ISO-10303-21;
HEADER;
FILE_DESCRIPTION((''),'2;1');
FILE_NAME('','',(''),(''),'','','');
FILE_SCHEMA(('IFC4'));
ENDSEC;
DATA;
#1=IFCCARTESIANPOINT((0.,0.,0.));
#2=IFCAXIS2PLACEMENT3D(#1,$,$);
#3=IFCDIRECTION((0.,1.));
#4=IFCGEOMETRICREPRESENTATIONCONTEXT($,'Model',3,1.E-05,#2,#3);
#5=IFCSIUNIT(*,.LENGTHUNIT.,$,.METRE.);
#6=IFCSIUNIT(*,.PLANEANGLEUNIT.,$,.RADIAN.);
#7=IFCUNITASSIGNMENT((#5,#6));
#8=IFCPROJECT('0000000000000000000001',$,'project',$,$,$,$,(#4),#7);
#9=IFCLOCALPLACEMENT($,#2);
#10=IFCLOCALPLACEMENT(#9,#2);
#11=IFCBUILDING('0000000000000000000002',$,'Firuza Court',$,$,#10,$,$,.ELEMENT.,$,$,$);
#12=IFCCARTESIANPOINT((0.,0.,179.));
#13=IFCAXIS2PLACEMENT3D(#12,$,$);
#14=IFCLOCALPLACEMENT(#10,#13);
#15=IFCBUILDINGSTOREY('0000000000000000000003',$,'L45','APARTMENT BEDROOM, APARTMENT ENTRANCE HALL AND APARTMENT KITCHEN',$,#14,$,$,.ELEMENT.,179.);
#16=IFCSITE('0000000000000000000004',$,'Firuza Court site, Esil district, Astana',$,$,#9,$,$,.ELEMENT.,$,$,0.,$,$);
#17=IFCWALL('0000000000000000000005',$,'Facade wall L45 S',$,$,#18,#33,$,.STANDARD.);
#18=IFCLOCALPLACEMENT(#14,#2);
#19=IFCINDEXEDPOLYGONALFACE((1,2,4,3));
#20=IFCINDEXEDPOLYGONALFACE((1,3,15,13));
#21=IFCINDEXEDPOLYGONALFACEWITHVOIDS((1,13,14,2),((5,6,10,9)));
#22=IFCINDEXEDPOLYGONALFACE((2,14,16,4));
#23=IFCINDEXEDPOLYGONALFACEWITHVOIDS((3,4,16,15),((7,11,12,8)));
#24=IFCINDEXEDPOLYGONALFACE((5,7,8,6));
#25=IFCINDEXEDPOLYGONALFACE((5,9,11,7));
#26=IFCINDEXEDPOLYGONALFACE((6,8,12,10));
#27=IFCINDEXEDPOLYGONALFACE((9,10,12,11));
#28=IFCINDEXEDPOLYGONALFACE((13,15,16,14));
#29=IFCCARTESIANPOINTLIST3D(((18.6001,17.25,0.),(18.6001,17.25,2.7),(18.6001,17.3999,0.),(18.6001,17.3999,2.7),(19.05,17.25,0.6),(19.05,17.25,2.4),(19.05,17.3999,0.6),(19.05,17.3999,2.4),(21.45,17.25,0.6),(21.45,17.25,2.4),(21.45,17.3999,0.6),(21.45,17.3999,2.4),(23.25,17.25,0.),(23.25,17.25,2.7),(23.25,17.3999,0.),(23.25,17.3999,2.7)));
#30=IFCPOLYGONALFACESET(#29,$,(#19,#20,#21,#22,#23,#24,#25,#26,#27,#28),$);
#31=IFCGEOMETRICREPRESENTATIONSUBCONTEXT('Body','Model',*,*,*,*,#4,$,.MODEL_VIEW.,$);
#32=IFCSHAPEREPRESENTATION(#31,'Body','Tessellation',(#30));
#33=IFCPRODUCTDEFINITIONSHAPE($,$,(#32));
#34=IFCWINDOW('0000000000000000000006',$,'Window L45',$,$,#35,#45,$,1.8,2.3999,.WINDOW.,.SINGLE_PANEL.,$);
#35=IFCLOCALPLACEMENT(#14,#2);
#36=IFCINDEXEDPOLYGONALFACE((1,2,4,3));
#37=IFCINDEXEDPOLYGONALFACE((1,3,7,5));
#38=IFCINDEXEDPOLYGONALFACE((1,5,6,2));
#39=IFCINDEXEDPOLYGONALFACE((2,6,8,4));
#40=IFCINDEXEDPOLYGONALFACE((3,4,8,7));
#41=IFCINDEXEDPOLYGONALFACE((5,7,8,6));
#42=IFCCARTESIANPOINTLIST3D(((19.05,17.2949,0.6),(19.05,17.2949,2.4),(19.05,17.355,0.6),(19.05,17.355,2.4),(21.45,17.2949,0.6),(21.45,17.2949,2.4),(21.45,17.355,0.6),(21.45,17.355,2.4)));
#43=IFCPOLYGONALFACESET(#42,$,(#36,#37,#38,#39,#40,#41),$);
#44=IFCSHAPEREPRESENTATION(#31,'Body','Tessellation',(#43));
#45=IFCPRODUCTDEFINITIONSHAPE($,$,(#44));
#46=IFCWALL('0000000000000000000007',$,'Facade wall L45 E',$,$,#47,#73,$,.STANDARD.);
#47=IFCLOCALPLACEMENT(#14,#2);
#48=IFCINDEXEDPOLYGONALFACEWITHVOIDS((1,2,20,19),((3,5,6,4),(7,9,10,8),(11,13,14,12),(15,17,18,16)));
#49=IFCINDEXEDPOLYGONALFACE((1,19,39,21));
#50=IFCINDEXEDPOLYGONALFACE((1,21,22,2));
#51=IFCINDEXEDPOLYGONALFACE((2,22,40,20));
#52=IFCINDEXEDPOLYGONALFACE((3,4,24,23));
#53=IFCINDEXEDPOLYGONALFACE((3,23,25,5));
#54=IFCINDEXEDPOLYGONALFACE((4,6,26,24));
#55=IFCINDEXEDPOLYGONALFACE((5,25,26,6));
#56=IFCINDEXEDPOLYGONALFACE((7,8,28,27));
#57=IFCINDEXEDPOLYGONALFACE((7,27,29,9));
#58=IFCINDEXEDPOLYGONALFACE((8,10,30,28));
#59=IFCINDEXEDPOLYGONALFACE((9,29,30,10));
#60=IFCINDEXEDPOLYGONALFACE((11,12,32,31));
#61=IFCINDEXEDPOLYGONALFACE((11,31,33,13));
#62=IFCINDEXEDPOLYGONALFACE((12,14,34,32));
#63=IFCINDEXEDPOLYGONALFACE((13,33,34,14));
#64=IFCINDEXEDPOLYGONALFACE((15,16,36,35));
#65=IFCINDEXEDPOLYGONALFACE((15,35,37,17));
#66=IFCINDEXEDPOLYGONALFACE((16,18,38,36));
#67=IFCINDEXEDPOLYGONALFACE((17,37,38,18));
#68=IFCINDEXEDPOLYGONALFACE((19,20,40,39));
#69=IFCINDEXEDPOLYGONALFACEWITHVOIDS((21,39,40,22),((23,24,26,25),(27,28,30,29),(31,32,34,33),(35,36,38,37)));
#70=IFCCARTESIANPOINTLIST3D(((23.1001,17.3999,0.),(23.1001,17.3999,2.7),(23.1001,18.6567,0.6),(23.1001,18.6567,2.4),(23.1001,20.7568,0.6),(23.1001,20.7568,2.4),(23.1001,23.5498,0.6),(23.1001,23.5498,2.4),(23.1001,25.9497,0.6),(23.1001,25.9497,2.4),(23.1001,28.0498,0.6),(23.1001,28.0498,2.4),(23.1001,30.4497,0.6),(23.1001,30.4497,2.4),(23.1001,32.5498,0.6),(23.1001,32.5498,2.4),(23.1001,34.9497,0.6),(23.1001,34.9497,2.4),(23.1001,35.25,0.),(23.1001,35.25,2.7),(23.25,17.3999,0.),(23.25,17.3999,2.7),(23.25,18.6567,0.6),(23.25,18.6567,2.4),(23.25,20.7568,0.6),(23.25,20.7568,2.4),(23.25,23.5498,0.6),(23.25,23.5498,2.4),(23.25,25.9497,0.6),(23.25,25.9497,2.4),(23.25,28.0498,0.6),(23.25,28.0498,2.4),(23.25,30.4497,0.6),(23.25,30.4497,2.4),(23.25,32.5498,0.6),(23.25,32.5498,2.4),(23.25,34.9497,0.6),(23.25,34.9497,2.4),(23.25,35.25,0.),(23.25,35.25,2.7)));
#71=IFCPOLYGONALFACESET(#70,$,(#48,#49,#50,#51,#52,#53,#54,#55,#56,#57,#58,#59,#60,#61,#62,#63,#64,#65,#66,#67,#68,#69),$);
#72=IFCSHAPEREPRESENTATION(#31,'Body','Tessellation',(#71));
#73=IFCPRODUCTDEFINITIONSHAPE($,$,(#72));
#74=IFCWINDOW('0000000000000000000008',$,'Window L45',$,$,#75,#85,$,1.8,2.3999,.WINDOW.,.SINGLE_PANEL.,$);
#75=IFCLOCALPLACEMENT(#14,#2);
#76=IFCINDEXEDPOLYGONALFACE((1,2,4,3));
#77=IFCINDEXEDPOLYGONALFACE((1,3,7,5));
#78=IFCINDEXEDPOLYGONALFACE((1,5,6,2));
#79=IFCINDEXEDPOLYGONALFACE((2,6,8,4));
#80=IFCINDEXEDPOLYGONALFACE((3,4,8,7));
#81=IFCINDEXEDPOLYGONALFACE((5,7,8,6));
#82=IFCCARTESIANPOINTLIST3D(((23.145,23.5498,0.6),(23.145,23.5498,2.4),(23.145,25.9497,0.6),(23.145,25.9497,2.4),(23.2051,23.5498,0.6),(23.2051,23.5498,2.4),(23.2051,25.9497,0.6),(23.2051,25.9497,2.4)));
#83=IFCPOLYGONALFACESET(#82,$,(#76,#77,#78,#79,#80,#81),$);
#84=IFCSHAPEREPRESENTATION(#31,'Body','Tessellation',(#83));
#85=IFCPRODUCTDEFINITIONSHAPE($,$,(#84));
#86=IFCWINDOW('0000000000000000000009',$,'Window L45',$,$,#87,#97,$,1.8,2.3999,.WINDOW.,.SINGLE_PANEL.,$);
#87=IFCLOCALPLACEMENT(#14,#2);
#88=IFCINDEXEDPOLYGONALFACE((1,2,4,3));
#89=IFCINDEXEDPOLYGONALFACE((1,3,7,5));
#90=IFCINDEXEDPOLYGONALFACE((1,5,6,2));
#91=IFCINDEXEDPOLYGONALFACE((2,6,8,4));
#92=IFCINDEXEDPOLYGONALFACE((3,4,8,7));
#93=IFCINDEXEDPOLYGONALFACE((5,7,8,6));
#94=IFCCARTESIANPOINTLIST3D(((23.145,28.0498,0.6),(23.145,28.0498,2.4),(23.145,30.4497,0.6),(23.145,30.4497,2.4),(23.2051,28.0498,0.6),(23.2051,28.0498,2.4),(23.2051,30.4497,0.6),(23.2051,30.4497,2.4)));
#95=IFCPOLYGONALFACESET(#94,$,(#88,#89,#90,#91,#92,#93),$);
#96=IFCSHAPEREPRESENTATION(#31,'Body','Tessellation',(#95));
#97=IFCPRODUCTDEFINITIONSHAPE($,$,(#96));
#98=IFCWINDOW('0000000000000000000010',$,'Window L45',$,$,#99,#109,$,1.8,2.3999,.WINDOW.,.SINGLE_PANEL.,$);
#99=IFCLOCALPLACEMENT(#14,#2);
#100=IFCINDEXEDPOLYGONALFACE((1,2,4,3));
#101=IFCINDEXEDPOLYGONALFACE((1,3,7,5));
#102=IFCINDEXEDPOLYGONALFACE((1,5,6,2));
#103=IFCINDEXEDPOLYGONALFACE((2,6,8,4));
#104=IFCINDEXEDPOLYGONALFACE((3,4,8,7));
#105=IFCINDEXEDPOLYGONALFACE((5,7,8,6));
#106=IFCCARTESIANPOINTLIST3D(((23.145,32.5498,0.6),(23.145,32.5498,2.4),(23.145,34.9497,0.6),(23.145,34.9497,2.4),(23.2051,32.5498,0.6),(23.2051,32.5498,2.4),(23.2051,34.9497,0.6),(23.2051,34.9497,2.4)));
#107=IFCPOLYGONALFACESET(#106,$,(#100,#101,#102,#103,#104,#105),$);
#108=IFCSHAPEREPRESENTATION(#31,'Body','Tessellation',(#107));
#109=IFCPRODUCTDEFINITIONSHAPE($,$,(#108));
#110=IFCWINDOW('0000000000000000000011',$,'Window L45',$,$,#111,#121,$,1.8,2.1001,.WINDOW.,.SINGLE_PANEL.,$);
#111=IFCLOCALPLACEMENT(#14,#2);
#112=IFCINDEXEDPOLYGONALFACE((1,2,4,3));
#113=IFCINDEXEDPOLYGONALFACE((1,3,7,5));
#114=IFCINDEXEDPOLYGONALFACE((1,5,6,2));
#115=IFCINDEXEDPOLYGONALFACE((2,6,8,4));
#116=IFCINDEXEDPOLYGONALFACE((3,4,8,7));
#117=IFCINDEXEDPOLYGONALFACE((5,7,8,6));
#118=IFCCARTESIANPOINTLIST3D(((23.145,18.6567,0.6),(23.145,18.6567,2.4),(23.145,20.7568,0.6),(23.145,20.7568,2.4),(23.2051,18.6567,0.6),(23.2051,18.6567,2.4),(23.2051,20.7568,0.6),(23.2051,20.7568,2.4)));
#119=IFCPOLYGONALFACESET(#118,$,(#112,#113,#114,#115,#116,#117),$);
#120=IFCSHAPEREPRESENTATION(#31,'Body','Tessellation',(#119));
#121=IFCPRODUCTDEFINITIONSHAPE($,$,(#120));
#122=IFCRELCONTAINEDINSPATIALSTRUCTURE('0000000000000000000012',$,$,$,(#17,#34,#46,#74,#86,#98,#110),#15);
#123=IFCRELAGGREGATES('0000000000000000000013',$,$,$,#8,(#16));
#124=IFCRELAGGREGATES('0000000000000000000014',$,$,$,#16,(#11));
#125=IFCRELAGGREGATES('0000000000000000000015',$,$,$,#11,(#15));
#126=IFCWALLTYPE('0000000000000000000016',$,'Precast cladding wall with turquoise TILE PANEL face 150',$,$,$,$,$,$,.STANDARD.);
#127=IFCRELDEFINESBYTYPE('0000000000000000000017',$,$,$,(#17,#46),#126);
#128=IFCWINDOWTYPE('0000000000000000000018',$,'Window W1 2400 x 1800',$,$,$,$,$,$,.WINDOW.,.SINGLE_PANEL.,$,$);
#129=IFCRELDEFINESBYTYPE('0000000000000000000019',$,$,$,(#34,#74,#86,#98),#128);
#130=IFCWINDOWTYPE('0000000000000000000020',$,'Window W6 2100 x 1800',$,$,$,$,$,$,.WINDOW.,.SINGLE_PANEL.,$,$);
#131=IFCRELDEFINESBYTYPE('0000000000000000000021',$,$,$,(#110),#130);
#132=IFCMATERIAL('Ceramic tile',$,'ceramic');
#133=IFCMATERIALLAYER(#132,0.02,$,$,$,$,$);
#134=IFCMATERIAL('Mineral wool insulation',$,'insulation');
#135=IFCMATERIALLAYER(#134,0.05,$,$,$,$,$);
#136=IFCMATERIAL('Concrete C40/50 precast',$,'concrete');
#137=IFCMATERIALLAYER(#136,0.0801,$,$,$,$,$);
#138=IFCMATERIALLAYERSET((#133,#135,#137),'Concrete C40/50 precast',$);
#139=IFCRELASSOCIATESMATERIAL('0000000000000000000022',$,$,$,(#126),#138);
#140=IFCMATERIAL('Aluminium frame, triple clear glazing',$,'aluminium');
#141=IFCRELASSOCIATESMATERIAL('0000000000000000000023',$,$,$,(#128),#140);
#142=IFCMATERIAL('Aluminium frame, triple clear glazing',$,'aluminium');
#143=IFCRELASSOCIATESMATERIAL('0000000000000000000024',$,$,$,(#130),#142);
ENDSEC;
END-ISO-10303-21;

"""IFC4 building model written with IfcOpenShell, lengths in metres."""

from ifc_helpers import new_model, si_unit, direction, frame, frame_2d, origin, place, context, subcontext, project, spatial, rectangle, extrude, material, layer, layer_set, type_object, element, fill, save


model = new_model("IFC4")

# Units and contexts
model_context = context("Model", 3, precision=1e-05, world=origin(), true_north=direction((0.0, 1.0)))
body_context = subcontext(model_context, "Body", "Model", "MODEL_VIEW")
ifc_project = project(units=[si_unit("LENGTHUNIT", "METRE"), si_unit("PLANEANGLEUNIT", "RADIAN")], contexts=[model_context])

# Site, building, storey
site_placement = place(None, origin())
site = spatial("IfcSite", under=ifc_project, at=site_placement, Name="Firuza Court site, Esil district, Astana", CompositionType="ELEMENT", RefElevation=0.0)
building_placement = place(site_placement, origin())
building = spatial("IfcBuilding", under=site, at=building_placement, Name="Firuza Court", CompositionType="ELEMENT")
storey_placement = place(building_placement, frame((0.0, 0.0, 179.0)))
storey = spatial("IfcBuildingStorey", under=building, at=storey_placement, Name="L45", Description="APARTMENT BEDROOM, APARTMENT ENTRANCE HALL AND APARTMENT KITCHEN", CompositionType="ELEMENT", Elevation=179.0)

# Shared definitions
ifc_material_1 = material(Name="Ceramic tile", Category="ceramic")
ifc_layer_1 = layer(ifc_material_1, 0.02)
ifc_material_2 = material(Name="Mineral wool insulation", Category="insulation")
ifc_layer_2 = layer(ifc_material_2, 0.05)
ifc_material_3 = material(Name="Concrete C40/50 precast", Category="concrete")
ifc_layer_3 = layer(ifc_material_3, 0.0801)
ifc_layer_set_1 = layer_set([ifc_layer_1, ifc_layer_2, ifc_layer_3], Name="Concrete C40/50 precast")
wall_type_1 = type_object("IfcWallType", Name="Precast cladding wall with turquoise TILE PANEL face 150", PredefinedType="STANDARD", material=ifc_layer_set_1)
ifc_material_4 = material(Name="Aluminium frame, triple clear glazing", Category="aluminium")
window_type_1 = type_object("IfcWindowType", Name="Window W1 2400 x 1800", PartitioningType="SINGLE_PANEL", PredefinedType="WINDOW", material=ifc_material_4)

# Wall, opening, window
wall_1_placement = place(storey_placement, frame((18.6001, 17.325, 0.0), z_axis=(0.0, 0.0, 1.0), x_axis=(1.0, 0.0, 0.0)))
wall_1 = element("IfcWall", 1, at=wall_1_placement, inside=storey, type_object=wall_type_1, Name="Facade wall L45 S", PredefinedType="STANDARD", context=body_context, shape_type="SweptSolid", body=[
    extrude(rectangle(XDim=4.6499, YDim=0.1499, at=frame_2d((2.325, 0.0))), origin(), (0.0, 0.0, 1.0), 2.7),
])
opening_1_placement = place(wall_1_placement, frame((0.45, 0.0, 0.6001)))
opening_1 = element("IfcOpeningElement", 2, at=opening_1_placement, cuts=wall_1, PredefinedType="OPENING", context=body_context, shape_type="SweptSolid", body=[
    extrude(rectangle(XDim=2.3999, YDim=1.8, at=frame_2d((1.2, 0.8999))), frame((0.0, 0.0869, 0.0), z_axis=(0.0, -1.0, 0.0), x_axis=(1.0, 0.0, 0.0)), (0.0, 0.0, 1.0), 0.1738),
])
window_1_placement = place(opening_1_placement, origin())
window_1 = element("IfcWindow", 3, at=window_1_placement, inside=storey, type_object=window_type_1, Name="Window L45", OverallHeight=1.8, OverallWidth=2.3999, PartitioningType="SINGLE_PANEL", PredefinedType="WINDOW", context=body_context, shape_type="SweptSolid", body=[
    extrude(rectangle(XDim=2.3999, YDim=1.8, at=frame_2d((1.2, 0.8999))), frame((0.0, 0.03, 0.0), z_axis=(0.0, -1.0, 0.0), x_axis=(1.0, 0.0, 0.0)), (0.0, 0.0, 1.0), 0.0601),
])
fill(opening_1, window_1)

# Wall, openings, windows
wall_2_placement = place(storey_placement, frame((23.175, 17.3999, 0.0), z_axis=(0.0, 0.0, 1.0), x_axis=(0.0, 1.0, 0.0)))
wall_2 = element("IfcWall", 4, at=wall_2_placement, inside=storey, type_object=wall_type_1, Name="Facade wall L45 E", PredefinedType="STANDARD", context=body_context, shape_type="SweptSolid", body=[
    extrude(rectangle(XDim=17.8501, YDim=0.1499, at=frame_2d((8.925, 0.0))), origin(), (0.0, 0.0, 1.0), 2.7),
])
opening_2_placement = place(wall_2_placement, frame((1.2568, 0.0, 0.6001)))
opening_2 = element("IfcOpeningElement", 5, at=opening_2_placement, cuts=wall_2, PredefinedType="OPENING", context=body_context, shape_type="SweptSolid", body=[
    extrude(rectangle(XDim=2.1001, YDim=1.8, at=frame_2d((1.05, 0.8999))), frame((0.0, 0.0869, 0.0), z_axis=(0.0, -1.0, 0.0), x_axis=(1.0, 0.0, 0.0)), (0.0, 0.0, 1.0), 0.1738),
])
opening_3_placement = place(wall_2_placement, frame((6.1499, 0.0, 0.6001)))
opening_3 = element("IfcOpeningElement", 6, at=opening_3_placement, cuts=wall_2, PredefinedType="OPENING", context=body_context, shape_type="SweptSolid", body=[
    extrude(rectangle(XDim=2.3999, YDim=1.8, at=frame_2d((1.2, 0.8999))), frame((0.0, 0.0869, 0.0), z_axis=(0.0, -1.0, 0.0), x_axis=(1.0, 0.0, 0.0)), (0.0, 0.0, 1.0), 0.1738),
])
opening_4_placement = place(wall_2_placement, frame((10.6499, 0.0, 0.6001)))
opening_4 = element("IfcOpeningElement", 7, at=opening_4_placement, cuts=wall_2, PredefinedType="OPENING", context=body_context, shape_type="SweptSolid", body=[
    extrude(rectangle(XDim=2.3999, YDim=1.8, at=frame_2d((1.2, 0.8999))), frame((0.0, 0.0869, 0.0), z_axis=(0.0, -1.0, 0.0), x_axis=(1.0, 0.0, 0.0)), (0.0, 0.0, 1.0), 0.1738),
])
opening_5_placement = place(wall_2_placement, frame((15.1499, 0.0, 0.6001)))
opening_5 = element("IfcOpeningElement", 8, at=opening_5_placement, cuts=wall_2, PredefinedType="OPENING", context=body_context, shape_type="SweptSolid", body=[
    extrude(rectangle(XDim=2.3999, YDim=1.8, at=frame_2d((1.2, 0.8999))), frame((0.0, 0.0869, 0.0), z_axis=(0.0, -1.0, 0.0), x_axis=(1.0, 0.0, 0.0)), (0.0, 0.0, 1.0), 0.1738),
])
window_2_placement = place(opening_3_placement, origin())
window_2 = element("IfcWindow", 9, at=window_2_placement, inside=storey, type_object=window_type_1, Name="Window L45", OverallHeight=1.8, OverallWidth=2.3999, PartitioningType="SINGLE_PANEL", PredefinedType="WINDOW", context=body_context, shape_type="SweptSolid", body=[
    extrude(rectangle(XDim=2.3999, YDim=1.8, at=frame_2d((1.2, 0.8999))), frame((0.0, 0.03, 0.0), z_axis=(0.0, -1.0, 0.0), x_axis=(1.0, 0.0, 0.0)), (0.0, 0.0, 1.0), 0.0601),
])
fill(opening_3, window_2)
window_3_placement = place(opening_4_placement, origin())
window_3 = element("IfcWindow", 10, at=window_3_placement, inside=storey, type_object=window_type_1, Name="Window L45", OverallHeight=1.8, OverallWidth=2.3999, PartitioningType="SINGLE_PANEL", PredefinedType="WINDOW", context=body_context, shape_type="SweptSolid", body=[
    extrude(rectangle(XDim=2.3999, YDim=1.8, at=frame_2d((1.2, 0.8999))), frame((0.0, 0.03, 0.0), z_axis=(0.0, -1.0, 0.0), x_axis=(1.0, 0.0, 0.0)), (0.0, 0.0, 1.0), 0.0601),
])
fill(opening_4, window_3)
window_4_placement = place(opening_5_placement, origin())
window_4 = element("IfcWindow", 11, at=window_4_placement, inside=storey, type_object=window_type_1, Name="Window L45", OverallHeight=1.8, OverallWidth=2.3999, PartitioningType="SINGLE_PANEL", PredefinedType="WINDOW", context=body_context, shape_type="SweptSolid", body=[
    extrude(rectangle(XDim=2.3999, YDim=1.8, at=frame_2d((1.2, 0.8999))), frame((0.0, 0.03, 0.0), z_axis=(0.0, -1.0, 0.0), x_axis=(1.0, 0.0, 0.0)), (0.0, 0.0, 1.0), 0.0601),
])
fill(opening_5, window_4)
ifc_material_5 = material(Name="Aluminium frame, triple clear glazing", Category="aluminium")
window_type_2 = type_object("IfcWindowType", Name="Window W6 2100 x 1800", PartitioningType="SINGLE_PANEL", PredefinedType="WINDOW", material=ifc_material_5)
window_5_placement = place(opening_2_placement, origin())
window_5 = element("IfcWindow", 12, at=window_5_placement, inside=storey, type_object=window_type_2, Name="Window L45", OverallHeight=1.8, OverallWidth=2.1001, PartitioningType="SINGLE_PANEL", PredefinedType="WINDOW", context=body_context, shape_type="SweptSolid", body=[
    extrude(rectangle(XDim=2.1001, YDim=1.8, at=frame_2d((1.05, 0.8999))), frame((0.0, 0.03, 0.0), z_axis=(0.0, -1.0, 0.0), x_axis=(1.0, 0.0, 0.0)), (0.0, 0.0, 1.0), 0.0601),
])
fill(opening_2, window_5)

save(model, "model.ifc")
